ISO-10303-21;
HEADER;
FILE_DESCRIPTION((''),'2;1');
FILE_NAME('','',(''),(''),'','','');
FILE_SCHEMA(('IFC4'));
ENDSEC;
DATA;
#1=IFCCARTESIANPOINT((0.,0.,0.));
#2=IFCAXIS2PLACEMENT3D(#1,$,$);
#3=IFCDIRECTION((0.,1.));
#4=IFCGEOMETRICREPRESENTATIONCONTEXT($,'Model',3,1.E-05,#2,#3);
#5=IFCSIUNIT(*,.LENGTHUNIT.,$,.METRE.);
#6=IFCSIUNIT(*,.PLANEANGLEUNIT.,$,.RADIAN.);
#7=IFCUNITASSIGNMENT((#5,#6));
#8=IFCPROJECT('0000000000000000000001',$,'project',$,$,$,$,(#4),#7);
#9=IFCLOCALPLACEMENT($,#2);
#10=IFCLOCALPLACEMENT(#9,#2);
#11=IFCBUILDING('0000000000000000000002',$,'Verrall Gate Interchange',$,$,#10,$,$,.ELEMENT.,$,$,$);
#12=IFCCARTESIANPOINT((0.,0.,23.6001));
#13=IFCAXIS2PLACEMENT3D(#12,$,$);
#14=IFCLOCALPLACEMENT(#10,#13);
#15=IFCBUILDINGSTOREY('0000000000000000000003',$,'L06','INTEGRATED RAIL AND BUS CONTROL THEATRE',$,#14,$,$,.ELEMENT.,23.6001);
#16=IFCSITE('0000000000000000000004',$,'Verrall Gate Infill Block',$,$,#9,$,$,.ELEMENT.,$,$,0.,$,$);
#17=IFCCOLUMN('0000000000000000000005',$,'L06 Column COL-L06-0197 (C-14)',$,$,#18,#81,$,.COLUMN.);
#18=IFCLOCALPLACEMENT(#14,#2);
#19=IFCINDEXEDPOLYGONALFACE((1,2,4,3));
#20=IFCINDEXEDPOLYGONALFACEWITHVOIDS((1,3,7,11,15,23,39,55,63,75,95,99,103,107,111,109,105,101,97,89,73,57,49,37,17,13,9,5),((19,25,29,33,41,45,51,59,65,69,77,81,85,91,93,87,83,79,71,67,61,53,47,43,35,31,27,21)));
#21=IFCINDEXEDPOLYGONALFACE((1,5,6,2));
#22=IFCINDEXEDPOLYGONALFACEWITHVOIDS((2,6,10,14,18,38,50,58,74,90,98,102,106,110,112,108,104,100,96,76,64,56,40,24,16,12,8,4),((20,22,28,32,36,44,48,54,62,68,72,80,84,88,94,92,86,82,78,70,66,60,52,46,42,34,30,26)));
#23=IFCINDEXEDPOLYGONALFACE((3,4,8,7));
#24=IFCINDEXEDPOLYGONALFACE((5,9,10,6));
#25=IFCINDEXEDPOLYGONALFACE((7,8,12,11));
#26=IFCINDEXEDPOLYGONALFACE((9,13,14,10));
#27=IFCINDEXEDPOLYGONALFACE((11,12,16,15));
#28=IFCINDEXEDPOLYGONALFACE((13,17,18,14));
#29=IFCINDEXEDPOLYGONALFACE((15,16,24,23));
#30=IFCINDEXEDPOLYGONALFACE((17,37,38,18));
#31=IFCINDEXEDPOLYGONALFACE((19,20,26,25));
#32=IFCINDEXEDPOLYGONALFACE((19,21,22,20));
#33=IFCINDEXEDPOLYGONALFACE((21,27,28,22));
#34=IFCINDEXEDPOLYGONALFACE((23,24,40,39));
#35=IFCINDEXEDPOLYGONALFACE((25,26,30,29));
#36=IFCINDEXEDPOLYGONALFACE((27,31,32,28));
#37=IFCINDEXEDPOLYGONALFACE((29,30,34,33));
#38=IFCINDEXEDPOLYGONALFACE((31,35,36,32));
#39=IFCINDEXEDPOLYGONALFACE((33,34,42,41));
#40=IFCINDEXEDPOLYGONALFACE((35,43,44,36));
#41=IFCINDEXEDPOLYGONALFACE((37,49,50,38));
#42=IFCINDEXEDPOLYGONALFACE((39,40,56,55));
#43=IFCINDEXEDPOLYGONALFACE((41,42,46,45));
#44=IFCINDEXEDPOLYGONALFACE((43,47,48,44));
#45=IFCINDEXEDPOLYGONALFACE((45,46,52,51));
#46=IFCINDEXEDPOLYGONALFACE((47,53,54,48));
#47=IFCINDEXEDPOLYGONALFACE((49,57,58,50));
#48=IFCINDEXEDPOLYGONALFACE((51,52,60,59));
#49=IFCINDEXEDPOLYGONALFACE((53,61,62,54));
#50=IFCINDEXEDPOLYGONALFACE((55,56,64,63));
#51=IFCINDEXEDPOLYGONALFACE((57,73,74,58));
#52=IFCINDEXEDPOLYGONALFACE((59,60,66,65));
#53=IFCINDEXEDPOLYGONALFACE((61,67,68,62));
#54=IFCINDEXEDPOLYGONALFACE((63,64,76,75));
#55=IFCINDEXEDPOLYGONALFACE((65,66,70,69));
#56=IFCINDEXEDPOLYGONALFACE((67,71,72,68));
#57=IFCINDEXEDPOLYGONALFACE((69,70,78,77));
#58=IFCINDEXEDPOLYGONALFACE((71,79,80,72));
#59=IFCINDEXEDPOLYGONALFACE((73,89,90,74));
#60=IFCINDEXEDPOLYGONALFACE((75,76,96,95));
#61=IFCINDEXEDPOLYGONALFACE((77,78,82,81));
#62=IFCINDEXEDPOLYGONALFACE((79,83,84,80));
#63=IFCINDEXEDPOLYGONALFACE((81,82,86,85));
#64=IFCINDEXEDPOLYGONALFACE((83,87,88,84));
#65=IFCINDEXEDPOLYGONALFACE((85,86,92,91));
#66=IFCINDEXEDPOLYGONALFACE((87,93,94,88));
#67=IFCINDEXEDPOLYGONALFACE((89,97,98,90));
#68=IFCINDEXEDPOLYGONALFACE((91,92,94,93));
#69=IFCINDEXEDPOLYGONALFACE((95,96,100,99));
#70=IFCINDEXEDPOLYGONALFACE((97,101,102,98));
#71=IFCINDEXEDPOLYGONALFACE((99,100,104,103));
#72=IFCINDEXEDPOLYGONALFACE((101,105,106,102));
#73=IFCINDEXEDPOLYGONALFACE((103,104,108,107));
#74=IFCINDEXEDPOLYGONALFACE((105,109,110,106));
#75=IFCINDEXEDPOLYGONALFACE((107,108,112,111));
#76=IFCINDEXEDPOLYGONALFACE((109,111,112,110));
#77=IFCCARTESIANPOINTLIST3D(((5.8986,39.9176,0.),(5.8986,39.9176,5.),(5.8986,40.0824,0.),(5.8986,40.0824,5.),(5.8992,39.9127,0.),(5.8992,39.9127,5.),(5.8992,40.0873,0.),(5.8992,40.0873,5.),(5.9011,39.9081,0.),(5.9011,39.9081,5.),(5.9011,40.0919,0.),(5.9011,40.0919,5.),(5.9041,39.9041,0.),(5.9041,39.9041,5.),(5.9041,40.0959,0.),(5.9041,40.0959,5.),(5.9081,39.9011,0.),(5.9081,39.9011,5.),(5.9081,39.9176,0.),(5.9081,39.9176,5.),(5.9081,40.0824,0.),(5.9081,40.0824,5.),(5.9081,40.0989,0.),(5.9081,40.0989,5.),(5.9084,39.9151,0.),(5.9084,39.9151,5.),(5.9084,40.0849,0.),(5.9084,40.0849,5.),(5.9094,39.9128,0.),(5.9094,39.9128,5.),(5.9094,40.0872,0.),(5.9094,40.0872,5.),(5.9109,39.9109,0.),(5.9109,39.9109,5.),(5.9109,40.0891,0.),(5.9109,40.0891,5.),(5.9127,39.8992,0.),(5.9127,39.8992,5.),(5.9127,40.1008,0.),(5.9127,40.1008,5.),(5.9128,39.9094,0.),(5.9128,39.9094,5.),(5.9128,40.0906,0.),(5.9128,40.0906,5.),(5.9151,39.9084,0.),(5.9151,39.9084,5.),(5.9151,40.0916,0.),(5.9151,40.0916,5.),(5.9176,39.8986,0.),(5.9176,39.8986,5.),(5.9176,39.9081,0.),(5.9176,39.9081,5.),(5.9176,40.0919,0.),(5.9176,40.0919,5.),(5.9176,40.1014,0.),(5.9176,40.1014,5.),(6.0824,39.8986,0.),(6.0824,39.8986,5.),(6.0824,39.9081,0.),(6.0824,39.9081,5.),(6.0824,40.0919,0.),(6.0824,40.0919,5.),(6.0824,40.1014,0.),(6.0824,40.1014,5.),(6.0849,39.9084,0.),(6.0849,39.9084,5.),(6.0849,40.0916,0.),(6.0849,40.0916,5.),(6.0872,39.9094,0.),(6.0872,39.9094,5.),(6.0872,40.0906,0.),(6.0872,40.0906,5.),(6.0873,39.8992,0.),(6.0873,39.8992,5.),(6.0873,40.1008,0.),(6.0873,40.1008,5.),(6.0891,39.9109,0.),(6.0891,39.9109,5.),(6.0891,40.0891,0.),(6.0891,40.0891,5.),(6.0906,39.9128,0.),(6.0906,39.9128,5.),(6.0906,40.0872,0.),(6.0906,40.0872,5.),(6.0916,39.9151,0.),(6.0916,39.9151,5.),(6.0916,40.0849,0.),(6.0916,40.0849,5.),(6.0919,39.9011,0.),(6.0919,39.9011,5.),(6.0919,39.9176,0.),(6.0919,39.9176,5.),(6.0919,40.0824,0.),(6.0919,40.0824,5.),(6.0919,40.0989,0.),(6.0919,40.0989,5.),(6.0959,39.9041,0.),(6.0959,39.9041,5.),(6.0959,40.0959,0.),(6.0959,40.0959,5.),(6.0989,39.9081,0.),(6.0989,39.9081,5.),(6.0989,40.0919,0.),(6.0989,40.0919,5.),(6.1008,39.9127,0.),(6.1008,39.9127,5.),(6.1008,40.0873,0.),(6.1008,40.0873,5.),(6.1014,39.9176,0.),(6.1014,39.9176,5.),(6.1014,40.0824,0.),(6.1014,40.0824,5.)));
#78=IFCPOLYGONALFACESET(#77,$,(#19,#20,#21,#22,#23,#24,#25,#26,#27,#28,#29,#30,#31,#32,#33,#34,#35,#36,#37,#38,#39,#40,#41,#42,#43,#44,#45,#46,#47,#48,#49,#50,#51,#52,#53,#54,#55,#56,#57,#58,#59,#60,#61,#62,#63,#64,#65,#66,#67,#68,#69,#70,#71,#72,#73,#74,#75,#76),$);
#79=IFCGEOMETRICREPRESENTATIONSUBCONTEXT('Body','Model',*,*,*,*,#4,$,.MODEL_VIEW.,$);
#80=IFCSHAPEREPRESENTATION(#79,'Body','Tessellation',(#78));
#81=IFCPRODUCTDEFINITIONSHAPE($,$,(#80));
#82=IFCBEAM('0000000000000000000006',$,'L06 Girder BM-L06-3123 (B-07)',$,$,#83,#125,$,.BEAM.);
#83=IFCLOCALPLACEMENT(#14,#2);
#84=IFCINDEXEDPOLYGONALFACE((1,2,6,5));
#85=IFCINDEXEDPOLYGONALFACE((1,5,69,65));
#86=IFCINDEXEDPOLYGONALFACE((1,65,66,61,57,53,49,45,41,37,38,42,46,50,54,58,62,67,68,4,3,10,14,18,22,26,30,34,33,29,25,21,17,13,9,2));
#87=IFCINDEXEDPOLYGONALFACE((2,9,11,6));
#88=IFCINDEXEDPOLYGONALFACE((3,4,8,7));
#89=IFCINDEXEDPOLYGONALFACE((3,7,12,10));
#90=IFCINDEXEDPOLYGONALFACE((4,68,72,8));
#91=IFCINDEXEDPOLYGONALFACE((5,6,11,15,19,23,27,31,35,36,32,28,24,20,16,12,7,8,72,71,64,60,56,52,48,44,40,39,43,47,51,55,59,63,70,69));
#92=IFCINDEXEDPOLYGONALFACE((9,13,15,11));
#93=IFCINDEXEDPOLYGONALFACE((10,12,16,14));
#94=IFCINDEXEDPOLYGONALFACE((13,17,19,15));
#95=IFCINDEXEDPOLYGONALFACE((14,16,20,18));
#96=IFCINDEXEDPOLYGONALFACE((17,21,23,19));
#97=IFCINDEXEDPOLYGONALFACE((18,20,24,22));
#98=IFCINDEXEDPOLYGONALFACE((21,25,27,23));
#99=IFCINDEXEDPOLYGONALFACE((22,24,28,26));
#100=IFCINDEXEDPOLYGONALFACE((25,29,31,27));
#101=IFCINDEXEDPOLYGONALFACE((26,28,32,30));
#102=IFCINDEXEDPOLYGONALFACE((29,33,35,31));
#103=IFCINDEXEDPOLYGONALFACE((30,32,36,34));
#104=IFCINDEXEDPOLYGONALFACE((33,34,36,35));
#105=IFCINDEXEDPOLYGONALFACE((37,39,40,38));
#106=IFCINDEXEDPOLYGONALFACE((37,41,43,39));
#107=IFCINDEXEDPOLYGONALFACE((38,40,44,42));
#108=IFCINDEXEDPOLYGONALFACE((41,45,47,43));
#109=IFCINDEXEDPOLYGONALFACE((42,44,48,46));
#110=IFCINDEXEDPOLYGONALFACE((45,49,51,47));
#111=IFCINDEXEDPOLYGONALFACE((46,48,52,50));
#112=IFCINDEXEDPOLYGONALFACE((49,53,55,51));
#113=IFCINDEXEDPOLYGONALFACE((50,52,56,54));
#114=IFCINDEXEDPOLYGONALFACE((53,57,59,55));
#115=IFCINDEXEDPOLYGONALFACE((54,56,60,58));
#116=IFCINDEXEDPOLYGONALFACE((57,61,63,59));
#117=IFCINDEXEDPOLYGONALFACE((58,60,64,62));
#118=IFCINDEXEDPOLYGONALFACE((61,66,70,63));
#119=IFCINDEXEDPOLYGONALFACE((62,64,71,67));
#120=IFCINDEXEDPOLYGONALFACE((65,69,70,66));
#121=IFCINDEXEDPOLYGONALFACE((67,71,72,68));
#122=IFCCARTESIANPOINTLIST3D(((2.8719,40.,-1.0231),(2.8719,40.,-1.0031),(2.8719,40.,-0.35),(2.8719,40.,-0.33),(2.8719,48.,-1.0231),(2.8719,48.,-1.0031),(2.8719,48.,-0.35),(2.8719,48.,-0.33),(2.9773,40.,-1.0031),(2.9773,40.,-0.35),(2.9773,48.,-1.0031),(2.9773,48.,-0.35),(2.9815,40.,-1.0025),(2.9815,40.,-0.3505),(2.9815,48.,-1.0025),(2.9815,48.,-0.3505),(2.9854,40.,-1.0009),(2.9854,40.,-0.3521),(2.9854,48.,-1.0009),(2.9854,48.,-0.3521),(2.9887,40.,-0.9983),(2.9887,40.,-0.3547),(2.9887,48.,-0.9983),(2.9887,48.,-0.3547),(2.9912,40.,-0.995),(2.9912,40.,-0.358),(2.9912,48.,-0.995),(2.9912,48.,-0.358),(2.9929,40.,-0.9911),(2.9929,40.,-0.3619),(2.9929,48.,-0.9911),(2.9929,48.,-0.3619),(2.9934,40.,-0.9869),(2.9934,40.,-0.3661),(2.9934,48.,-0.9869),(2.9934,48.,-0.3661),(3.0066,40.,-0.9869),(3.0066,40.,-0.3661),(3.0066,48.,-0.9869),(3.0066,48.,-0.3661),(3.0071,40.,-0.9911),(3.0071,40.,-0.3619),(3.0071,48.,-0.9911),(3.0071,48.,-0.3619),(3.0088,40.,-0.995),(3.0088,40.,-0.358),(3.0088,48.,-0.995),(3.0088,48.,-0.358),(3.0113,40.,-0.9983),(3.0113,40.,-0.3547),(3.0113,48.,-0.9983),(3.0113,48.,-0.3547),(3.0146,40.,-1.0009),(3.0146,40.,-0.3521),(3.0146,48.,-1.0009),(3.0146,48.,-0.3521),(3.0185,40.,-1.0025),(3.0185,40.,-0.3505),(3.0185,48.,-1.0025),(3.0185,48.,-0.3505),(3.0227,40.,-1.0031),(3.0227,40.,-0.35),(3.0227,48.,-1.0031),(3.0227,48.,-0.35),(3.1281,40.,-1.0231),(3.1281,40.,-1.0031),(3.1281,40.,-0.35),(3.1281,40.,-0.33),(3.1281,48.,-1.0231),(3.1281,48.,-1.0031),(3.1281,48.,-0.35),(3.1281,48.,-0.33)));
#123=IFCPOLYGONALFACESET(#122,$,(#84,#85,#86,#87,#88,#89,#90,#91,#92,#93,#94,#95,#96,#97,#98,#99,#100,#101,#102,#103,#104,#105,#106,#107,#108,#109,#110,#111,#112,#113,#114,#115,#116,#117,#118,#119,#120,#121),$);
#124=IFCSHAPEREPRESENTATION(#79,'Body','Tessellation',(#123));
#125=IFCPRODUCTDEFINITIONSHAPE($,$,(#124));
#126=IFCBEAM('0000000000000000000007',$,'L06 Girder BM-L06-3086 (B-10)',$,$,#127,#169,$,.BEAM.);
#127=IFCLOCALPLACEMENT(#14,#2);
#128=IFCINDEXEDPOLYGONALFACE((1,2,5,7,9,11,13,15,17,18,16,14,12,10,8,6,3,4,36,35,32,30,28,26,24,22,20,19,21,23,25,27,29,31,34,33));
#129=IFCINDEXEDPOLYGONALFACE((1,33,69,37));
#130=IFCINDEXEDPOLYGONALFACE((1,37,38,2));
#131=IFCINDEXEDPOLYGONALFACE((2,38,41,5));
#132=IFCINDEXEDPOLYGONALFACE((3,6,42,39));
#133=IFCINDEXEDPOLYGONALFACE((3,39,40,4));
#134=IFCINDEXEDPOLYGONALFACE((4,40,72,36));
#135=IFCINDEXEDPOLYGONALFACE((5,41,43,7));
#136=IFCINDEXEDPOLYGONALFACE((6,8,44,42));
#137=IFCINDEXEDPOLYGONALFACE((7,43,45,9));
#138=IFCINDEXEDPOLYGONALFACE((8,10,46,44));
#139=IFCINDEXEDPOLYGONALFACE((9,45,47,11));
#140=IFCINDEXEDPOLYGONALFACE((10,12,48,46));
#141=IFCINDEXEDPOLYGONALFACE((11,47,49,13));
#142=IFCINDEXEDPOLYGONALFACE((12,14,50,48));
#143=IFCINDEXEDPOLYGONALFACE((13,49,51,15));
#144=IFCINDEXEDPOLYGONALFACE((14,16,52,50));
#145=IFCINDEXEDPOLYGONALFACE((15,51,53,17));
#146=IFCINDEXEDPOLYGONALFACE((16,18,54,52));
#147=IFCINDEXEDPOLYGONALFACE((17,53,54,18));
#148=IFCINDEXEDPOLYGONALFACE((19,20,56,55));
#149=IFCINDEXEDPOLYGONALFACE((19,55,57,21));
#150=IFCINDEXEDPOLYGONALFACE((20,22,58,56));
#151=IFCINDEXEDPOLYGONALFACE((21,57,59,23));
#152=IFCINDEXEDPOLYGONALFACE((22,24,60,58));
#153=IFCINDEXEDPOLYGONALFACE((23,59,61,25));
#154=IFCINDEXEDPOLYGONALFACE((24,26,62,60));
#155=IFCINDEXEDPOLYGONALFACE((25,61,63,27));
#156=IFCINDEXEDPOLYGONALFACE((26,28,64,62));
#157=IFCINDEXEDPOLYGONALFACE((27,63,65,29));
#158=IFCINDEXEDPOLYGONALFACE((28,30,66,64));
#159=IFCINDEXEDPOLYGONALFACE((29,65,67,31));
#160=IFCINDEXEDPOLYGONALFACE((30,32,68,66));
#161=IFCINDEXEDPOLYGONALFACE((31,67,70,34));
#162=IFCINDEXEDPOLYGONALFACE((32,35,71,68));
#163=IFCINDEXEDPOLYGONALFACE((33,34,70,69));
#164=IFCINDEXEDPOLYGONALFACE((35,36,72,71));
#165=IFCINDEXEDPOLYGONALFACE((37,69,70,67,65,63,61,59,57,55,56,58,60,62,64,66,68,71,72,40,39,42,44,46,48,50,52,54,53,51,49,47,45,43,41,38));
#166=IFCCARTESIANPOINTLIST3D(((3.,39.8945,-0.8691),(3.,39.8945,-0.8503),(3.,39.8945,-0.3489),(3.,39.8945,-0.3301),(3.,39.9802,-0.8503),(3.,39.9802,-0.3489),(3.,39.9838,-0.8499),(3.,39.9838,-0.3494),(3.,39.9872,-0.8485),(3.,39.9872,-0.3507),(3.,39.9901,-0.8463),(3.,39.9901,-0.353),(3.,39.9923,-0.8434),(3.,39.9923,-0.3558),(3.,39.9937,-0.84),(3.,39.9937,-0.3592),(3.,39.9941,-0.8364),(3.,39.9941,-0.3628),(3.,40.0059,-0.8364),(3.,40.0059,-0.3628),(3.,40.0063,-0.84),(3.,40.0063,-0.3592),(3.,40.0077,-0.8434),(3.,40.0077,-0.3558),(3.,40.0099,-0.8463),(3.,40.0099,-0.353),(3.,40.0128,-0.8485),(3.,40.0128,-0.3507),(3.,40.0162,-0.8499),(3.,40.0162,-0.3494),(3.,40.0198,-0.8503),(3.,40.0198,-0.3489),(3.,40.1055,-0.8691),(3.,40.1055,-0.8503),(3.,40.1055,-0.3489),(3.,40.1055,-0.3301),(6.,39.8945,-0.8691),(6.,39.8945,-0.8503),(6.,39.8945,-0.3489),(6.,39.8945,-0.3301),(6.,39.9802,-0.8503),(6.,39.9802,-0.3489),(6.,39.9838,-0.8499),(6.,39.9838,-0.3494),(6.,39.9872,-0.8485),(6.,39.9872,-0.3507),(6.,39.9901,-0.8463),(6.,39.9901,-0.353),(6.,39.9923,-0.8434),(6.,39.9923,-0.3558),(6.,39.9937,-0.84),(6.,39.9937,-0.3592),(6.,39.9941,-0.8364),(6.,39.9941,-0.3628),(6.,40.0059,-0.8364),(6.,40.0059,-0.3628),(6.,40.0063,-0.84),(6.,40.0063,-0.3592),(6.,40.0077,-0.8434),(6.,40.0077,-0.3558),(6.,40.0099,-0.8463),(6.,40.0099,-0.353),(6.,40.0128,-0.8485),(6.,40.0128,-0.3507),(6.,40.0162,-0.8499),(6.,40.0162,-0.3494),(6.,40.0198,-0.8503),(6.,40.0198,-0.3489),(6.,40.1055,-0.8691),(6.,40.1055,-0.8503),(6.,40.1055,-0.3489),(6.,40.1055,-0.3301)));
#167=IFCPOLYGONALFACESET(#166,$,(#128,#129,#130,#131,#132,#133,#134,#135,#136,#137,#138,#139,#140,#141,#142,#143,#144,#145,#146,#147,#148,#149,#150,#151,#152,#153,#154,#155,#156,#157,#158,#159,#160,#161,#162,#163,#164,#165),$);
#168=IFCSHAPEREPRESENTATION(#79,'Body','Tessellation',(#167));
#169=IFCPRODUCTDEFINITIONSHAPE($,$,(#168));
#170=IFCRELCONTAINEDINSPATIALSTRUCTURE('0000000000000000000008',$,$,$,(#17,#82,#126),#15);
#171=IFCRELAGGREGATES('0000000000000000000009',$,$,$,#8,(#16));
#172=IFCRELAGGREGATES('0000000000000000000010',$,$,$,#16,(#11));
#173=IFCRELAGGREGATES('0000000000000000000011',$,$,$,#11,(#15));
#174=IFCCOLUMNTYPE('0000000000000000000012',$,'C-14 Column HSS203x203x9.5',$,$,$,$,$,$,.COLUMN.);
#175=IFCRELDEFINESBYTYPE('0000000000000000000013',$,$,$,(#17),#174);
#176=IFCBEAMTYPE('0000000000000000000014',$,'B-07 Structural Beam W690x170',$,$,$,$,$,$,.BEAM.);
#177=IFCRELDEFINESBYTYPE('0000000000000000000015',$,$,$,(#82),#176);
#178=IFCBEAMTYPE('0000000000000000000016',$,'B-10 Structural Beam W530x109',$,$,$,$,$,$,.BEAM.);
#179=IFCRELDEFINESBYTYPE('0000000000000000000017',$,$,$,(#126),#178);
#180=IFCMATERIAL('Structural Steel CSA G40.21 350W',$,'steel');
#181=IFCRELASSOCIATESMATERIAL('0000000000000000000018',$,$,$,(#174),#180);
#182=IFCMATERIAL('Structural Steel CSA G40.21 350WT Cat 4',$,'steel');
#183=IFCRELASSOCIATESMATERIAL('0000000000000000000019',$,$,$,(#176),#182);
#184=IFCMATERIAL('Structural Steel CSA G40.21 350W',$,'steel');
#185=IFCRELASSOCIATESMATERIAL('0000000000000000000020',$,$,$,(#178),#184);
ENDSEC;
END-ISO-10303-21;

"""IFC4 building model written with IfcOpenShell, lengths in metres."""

from ifc_helpers import new_model, si_unit, direction, frame, origin, origin_2d, place, context, subcontext, project, spatial, hollow_rectangle, i_section, extrude, material, material_profile, profile_set, type_object, element, save


model = new_model("IFC4")

# Units and contexts
model_context = context("Model", 3, precision=1e-05, world=origin(), true_north=direction((0.0, 1.0)))
body_context = subcontext(model_context, "Body", "Model", "MODEL_VIEW")
ifc_project = project(units=[si_unit("LENGTHUNIT", "METRE"), si_unit("PLANEANGLEUNIT", "RADIAN")], contexts=[model_context])

# Site, building, storey
site_placement = place(None, origin())
site = spatial("IfcSite", under=ifc_project, at=site_placement, Name="Verrall Gate Infill Block", CompositionType="ELEMENT", RefElevation=0.0)
building_placement = place(site_placement, origin())
building = spatial("IfcBuilding", under=site, at=building_placement, Name="Verrall Gate Interchange", CompositionType="ELEMENT")
storey_placement = place(building_placement, frame((0.0, 0.0, 23.6001)))
storey = spatial("IfcBuildingStorey", under=building, at=storey_placement, Name="L06", Description="INTEGRATED RAIL AND BUS CONTROL THEATRE", CompositionType="ELEMENT", Elevation=23.6001)

# Column
ifc_material_1 = material(Name="Structural Steel CSA G40.21 350W", Category="steel")
ifc_material_profile_1 = material_profile(ifc_material_1, hollow_rectangle(XDim=0.2029, YDim=0.2029, WallThickness=0.0095, InnerFilletRadius=0.0095, OuterFilletRadius=0.019, at=origin_2d()), Name="HSS203x203x9.5")
ifc_profile_set_1 = profile_set([ifc_material_profile_1], Name="Structural Steel CSA G40.21 350W")
column_type = type_object("IfcColumnType", Name="C-14 Column HSS203x203x9.5", PredefinedType="COLUMN", material=ifc_profile_set_1)
column_placement = place(storey_placement, frame((6.0, 40.0, 0.0), z_axis=(0.0, 0.0, 1.0), x_axis=(1.0, 0.0, 0.0)))
element("IfcColumn", 1, at=column_placement, inside=storey, type_object=column_type, Name="L06 Column COL-L06-0197 (C-14)", PredefinedType="COLUMN", context=body_context, shape_type="SweptSolid", body=[
    extrude(hollow_rectangle(XDim=0.2029, YDim=0.2029, WallThickness=0.0095, InnerFilletRadius=0.0095, OuterFilletRadius=0.019, at=origin_2d()), origin(), (0.0, 0.0, 1.0), 5.0),
])

# Beams
ifc_material_2 = material(Name="Structural Steel CSA G40.21 350WT Cat 4", Category="steel")
ifc_material_profile_2 = material_profile(ifc_material_2, i_section(OverallWidth=0.2561, OverallDepth=0.6931, WebThickness=0.0132, FlangeThickness=0.02, FilletRadius=0.0161, at=origin_2d()), Name="W690x170")
ifc_profile_set_2 = profile_set([ifc_material_profile_2], Name="Structural Steel CSA G40.21 350WT Cat 4")
beam_type_1 = type_object("IfcBeamType", Name="B-07 Structural Beam W690x170", PredefinedType="BEAM", material=ifc_profile_set_2)
beam_1_placement = place(storey_placement, frame((3.0, 40.0, -0.6765), z_axis=(0.0, 1.0, 0.0), x_axis=(-1.0, 0.0, 0.0)))
element("IfcBeam", 2, at=beam_1_placement, inside=storey, type_object=beam_type_1, Name="L06 Girder BM-L06-3123 (B-07)", PredefinedType="BEAM", context=body_context, shape_type="SweptSolid", body=[
    extrude(i_section(OverallWidth=0.2561, OverallDepth=0.6931, WebThickness=0.0132, FlangeThickness=0.02, FilletRadius=0.0161, at=origin_2d()), origin(), (0.0, 0.0, 1.0), 8.0),
])
ifc_material_3 = material(Name="Structural Steel CSA G40.21 350W", Category="steel")
ifc_material_profile_3 = material_profile(ifc_material_3, i_section(OverallWidth=0.2109, OverallDepth=0.5391, WebThickness=0.0117, FlangeThickness=0.0188, FilletRadius=0.0139, at=origin_2d()), Name="W530x109")
ifc_profile_set_3 = profile_set([ifc_material_profile_3], Name="Structural Steel CSA G40.21 350W")
beam_type_2 = type_object("IfcBeamType", Name="B-10 Structural Beam W530x109", PredefinedType="BEAM", material=ifc_profile_set_3)
beam_2_placement = place(storey_placement, frame((3.0, 40.0, -0.5996), z_axis=(1.0, 0.0, 0.0), x_axis=(0.0, 1.0, 0.0)))
element("IfcBeam", 3, at=beam_2_placement, inside=storey, type_object=beam_type_2, Name="L06 Girder BM-L06-3086 (B-10)", PredefinedType="BEAM", context=body_context, shape_type="SweptSolid", body=[
    extrude(i_section(OverallWidth=0.2109, OverallDepth=0.5391, WebThickness=0.0117, FlangeThickness=0.0188, FilletRadius=0.0139, at=origin_2d()), origin(), (0.0, 0.0, 1.0), 3.0),
])

save(model, "model.ifc")
